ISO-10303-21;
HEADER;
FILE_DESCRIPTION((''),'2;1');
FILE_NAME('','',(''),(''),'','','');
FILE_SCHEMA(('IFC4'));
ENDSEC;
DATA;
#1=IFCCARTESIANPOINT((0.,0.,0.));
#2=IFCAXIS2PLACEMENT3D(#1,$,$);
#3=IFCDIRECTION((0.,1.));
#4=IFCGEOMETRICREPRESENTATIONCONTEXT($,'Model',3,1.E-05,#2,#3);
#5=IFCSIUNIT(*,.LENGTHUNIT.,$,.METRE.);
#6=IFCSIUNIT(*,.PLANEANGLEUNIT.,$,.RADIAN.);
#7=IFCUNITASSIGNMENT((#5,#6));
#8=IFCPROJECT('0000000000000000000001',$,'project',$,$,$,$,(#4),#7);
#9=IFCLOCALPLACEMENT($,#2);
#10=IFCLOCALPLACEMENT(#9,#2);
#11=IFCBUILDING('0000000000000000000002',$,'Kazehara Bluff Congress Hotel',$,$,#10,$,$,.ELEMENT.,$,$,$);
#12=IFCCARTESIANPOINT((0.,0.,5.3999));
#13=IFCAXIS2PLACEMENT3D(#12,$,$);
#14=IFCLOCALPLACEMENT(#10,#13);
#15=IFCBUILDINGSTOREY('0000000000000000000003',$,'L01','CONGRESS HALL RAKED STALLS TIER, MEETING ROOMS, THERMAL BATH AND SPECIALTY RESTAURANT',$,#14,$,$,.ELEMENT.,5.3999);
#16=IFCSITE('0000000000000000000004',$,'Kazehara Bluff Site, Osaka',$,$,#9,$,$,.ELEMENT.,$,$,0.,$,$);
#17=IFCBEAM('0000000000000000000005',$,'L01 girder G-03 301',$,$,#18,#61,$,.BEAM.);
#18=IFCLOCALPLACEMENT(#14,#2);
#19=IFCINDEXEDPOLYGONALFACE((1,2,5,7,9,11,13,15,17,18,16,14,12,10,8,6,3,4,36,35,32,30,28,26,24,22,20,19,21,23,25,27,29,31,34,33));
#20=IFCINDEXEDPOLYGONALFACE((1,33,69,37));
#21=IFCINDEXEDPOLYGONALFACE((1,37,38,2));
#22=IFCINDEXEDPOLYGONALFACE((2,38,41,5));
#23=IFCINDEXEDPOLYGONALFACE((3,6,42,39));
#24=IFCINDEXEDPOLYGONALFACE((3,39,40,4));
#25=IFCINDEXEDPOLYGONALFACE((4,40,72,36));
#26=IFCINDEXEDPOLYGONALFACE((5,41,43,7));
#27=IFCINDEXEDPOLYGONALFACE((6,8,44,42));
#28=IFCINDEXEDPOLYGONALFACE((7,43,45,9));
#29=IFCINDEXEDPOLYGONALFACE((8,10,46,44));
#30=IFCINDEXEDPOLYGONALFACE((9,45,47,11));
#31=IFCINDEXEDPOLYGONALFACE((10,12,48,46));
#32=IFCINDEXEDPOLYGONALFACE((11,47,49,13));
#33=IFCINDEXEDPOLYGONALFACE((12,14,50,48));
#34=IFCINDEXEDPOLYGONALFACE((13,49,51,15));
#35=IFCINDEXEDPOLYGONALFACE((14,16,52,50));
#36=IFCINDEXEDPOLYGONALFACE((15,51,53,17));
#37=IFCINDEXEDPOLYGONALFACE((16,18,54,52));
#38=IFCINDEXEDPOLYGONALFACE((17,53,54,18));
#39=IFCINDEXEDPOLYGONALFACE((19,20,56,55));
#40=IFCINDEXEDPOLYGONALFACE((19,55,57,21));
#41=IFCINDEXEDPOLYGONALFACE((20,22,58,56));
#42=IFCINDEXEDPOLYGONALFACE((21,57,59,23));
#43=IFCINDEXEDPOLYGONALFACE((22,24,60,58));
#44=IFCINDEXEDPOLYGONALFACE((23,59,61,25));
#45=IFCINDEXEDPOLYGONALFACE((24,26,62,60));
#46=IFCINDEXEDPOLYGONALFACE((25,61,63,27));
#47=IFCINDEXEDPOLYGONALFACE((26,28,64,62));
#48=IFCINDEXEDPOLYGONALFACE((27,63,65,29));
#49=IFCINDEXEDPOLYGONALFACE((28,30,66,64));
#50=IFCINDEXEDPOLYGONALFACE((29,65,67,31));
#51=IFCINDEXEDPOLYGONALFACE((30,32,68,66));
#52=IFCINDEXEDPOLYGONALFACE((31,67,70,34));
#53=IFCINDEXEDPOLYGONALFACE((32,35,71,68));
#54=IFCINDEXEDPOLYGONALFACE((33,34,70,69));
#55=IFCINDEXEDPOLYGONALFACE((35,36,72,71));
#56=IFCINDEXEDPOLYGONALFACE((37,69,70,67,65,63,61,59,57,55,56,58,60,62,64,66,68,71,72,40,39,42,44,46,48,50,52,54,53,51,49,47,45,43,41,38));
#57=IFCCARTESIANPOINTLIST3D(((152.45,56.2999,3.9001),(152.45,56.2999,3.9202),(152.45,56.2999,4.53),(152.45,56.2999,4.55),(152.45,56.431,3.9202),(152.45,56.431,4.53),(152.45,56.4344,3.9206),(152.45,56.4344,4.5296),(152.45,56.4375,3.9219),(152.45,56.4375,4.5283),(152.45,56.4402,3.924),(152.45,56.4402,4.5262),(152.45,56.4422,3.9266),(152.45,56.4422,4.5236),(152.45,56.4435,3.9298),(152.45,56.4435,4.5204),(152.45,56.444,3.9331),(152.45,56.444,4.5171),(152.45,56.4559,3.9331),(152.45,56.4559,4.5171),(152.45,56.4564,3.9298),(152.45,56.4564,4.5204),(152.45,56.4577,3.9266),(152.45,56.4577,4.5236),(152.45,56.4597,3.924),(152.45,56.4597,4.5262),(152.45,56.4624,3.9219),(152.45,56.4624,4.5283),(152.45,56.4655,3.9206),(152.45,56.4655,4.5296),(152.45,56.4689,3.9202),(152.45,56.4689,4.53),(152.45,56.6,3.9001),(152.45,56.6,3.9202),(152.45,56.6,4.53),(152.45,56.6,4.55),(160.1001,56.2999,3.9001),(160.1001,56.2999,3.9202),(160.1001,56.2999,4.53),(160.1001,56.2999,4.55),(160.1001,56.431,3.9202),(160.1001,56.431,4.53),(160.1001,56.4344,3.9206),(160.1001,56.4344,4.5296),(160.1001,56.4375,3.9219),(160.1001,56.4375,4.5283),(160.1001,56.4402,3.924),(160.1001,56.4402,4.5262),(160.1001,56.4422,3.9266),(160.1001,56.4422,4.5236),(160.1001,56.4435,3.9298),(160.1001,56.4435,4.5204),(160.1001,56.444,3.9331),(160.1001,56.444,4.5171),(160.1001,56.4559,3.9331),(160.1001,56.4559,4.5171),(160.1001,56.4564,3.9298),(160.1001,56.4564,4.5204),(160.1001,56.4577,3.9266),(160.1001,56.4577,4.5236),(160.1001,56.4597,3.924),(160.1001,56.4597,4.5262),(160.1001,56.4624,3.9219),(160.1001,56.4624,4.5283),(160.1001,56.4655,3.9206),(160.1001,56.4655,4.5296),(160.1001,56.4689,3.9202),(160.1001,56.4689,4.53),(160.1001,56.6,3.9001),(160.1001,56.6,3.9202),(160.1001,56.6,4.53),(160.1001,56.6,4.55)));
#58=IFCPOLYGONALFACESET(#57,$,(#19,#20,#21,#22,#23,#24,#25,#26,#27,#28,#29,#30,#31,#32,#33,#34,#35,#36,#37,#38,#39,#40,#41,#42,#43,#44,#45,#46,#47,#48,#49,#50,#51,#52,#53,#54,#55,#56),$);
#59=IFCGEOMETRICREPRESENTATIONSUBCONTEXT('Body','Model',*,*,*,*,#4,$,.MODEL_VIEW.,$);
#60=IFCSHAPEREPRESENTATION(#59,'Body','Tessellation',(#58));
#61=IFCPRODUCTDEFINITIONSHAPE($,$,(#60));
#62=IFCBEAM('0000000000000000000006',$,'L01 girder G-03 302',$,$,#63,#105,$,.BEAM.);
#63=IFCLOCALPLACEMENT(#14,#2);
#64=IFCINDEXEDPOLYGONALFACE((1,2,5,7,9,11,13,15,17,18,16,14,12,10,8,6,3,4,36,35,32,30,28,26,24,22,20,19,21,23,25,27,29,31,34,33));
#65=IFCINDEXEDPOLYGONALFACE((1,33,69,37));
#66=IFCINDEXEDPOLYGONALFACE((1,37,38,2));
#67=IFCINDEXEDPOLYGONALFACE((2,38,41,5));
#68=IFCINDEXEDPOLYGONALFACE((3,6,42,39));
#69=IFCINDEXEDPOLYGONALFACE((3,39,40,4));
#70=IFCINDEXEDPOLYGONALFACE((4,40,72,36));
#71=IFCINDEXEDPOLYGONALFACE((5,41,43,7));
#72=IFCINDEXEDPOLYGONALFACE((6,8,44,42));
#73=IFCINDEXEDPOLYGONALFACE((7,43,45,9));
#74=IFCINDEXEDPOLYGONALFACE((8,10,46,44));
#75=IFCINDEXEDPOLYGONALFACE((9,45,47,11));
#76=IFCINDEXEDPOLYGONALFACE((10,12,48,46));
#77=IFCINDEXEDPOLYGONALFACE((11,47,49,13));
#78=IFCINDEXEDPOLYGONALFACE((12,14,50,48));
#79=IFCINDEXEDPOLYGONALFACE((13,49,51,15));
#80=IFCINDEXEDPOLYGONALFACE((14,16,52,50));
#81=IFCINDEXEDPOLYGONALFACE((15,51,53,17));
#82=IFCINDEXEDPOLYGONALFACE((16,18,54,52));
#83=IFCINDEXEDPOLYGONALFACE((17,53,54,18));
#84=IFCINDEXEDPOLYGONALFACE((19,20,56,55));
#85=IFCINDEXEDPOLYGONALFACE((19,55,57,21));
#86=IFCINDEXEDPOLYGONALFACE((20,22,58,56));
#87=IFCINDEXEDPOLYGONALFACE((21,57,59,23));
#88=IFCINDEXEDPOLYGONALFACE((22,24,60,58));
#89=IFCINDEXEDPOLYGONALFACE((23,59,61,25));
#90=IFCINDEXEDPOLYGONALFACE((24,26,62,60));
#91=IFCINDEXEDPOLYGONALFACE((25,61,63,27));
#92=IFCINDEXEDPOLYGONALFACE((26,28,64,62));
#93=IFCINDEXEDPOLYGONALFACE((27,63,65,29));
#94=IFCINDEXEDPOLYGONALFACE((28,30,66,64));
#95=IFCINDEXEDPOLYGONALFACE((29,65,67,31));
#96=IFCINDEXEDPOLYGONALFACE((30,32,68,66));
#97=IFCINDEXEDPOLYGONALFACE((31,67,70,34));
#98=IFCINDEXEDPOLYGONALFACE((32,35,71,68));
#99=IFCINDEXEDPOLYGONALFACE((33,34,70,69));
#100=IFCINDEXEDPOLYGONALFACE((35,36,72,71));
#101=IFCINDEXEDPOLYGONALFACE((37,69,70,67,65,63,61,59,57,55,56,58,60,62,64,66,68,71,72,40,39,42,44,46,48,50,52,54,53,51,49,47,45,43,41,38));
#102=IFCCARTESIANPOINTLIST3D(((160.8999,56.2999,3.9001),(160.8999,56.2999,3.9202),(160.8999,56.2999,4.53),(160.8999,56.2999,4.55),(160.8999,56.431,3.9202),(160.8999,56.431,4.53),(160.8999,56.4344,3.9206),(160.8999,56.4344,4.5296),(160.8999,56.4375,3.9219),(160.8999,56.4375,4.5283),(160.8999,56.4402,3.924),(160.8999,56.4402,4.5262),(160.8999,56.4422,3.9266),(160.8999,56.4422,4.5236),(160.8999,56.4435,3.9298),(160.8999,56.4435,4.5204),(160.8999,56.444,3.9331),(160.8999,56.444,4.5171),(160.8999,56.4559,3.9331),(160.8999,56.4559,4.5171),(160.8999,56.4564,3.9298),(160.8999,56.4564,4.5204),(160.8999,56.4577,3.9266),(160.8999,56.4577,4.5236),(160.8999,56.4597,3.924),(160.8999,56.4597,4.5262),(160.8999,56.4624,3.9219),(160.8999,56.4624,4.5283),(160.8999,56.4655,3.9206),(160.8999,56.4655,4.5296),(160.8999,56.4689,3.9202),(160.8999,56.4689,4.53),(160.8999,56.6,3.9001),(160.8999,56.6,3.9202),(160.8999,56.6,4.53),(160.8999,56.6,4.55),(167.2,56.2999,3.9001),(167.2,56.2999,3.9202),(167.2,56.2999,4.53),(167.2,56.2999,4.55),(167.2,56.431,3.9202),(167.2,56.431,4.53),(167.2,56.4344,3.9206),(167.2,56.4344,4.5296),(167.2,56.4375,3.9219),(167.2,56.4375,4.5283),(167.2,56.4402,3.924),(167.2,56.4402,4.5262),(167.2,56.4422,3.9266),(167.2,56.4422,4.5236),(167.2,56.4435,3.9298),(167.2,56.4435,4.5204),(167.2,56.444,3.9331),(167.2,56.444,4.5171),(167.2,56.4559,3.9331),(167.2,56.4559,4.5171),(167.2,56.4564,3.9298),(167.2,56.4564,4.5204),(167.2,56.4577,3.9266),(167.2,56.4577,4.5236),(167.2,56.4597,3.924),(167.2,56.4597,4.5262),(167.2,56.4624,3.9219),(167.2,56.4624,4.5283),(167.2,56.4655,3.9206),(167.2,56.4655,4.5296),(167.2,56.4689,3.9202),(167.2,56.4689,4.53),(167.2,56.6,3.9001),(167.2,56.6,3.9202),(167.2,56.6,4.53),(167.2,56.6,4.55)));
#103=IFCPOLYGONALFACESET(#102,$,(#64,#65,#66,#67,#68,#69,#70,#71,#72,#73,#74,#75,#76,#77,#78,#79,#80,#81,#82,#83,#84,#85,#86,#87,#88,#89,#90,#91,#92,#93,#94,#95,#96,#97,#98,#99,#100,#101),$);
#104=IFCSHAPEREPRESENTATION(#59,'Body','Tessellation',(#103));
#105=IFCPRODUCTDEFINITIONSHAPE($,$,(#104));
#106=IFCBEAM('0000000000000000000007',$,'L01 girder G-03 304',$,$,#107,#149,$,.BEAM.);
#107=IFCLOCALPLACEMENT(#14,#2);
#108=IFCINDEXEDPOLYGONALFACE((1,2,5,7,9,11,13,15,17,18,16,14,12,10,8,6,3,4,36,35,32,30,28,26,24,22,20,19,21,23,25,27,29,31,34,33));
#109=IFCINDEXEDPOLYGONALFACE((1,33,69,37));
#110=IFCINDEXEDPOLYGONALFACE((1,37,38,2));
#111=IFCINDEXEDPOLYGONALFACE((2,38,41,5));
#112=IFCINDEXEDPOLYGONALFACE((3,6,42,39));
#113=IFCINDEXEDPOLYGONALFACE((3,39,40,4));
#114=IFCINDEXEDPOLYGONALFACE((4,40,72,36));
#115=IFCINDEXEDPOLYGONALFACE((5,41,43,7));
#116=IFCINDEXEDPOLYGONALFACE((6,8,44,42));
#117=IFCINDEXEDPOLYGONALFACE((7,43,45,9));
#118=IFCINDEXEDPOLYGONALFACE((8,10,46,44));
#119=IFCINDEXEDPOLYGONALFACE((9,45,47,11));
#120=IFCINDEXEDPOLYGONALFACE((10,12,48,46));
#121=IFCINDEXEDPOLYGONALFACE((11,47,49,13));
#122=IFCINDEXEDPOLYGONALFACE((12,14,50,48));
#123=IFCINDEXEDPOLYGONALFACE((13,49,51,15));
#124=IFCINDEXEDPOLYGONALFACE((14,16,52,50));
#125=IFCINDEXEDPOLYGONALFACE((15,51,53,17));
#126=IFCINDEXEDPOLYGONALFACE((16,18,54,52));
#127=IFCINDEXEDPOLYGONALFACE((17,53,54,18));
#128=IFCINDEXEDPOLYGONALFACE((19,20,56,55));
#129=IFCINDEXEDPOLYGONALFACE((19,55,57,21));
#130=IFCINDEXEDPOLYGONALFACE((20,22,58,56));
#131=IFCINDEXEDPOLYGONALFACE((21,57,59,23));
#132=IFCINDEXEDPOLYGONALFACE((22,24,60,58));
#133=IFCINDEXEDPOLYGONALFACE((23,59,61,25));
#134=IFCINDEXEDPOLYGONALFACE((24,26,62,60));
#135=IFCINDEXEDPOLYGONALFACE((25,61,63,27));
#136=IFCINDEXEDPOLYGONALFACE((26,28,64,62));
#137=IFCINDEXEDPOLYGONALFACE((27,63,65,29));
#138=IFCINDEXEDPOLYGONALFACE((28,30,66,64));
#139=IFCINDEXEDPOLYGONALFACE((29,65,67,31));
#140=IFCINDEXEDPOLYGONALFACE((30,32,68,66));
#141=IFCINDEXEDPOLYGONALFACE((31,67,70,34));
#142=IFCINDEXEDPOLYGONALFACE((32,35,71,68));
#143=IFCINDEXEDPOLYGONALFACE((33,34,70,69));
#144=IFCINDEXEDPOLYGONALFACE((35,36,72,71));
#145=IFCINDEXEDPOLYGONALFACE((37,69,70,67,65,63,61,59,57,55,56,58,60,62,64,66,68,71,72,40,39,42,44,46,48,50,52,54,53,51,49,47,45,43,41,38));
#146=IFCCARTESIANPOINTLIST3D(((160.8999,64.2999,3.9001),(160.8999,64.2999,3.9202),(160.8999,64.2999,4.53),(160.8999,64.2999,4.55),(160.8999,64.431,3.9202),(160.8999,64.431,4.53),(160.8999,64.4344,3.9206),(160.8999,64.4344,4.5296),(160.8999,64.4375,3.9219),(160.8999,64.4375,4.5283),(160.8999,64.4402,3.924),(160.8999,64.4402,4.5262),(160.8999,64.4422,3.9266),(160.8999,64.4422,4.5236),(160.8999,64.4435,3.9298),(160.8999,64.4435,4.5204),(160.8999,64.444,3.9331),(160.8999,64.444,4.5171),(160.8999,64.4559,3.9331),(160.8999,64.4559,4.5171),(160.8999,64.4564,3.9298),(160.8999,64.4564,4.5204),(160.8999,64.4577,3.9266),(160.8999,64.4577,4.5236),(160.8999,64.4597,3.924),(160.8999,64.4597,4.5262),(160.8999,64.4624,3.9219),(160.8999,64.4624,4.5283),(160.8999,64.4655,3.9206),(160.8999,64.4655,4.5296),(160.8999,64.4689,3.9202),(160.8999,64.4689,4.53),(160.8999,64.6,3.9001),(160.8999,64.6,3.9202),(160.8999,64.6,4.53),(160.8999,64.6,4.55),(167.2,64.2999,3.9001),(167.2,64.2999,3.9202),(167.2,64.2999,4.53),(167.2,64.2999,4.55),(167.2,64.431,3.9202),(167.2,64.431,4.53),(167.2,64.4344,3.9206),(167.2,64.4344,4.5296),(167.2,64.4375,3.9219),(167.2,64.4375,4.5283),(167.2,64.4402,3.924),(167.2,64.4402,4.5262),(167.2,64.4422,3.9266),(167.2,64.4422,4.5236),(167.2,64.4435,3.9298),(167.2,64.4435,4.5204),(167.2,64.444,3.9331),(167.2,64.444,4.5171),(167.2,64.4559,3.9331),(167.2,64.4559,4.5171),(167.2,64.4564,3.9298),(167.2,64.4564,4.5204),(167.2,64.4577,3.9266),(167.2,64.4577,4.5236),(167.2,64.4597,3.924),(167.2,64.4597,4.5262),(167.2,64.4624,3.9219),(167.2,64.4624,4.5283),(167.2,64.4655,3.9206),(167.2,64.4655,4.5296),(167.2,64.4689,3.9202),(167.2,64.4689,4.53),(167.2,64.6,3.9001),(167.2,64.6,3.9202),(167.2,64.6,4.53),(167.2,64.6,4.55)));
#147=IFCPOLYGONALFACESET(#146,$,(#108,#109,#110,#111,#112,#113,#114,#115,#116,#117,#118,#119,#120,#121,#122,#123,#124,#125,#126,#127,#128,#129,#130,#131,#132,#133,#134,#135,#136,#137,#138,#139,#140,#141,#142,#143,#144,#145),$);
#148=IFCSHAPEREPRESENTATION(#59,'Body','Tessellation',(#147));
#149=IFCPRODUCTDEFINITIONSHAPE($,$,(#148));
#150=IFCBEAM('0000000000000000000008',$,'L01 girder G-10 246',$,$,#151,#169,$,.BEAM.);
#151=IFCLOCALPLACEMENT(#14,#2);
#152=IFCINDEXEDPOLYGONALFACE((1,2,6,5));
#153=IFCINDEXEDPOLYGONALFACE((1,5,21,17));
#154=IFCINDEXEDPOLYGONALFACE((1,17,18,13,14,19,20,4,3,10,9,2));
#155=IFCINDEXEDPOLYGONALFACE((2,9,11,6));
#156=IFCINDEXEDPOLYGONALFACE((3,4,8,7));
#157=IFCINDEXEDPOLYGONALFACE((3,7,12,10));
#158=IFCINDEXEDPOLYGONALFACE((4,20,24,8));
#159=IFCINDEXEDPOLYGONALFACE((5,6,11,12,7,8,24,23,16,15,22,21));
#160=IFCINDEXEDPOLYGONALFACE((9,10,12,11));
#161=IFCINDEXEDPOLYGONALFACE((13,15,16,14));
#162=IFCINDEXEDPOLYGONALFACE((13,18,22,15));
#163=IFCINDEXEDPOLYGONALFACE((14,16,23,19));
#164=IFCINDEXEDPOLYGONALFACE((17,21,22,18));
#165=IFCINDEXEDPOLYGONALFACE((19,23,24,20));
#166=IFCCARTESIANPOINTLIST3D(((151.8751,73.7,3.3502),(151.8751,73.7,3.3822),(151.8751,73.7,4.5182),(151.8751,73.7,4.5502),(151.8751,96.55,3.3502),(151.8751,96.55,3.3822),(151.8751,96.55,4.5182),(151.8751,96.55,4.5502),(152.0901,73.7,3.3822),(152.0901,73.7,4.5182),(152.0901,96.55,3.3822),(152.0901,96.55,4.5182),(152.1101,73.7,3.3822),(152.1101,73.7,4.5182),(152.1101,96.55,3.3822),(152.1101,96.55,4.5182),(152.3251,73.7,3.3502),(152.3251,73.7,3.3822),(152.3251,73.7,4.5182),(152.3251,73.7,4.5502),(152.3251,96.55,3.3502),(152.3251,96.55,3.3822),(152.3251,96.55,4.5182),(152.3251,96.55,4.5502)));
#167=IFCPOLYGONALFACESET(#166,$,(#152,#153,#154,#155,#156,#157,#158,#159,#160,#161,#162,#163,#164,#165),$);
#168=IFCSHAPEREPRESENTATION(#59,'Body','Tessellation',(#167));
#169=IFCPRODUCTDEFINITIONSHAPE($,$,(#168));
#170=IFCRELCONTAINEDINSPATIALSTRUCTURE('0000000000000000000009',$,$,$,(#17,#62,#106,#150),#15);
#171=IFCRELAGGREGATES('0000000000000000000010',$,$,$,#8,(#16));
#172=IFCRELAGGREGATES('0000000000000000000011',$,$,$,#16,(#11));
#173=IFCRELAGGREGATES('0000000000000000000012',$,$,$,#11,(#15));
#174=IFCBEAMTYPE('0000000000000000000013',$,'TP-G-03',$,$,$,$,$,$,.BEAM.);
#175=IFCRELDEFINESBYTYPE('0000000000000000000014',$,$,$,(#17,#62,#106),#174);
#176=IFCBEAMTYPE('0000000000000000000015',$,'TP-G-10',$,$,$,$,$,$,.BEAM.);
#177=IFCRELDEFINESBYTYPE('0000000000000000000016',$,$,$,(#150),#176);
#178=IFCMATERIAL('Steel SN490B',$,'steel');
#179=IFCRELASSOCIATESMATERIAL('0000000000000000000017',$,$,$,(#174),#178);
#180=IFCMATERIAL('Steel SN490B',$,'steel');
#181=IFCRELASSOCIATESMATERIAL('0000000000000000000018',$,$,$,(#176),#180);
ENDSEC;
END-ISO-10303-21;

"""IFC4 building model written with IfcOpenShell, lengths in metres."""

from ifc_helpers import new_model, si_unit, direction, frame, origin, origin_2d, place, context, subcontext, project, spatial, i_section, extrude, material, material_profile, profile_set, type_object, element, save


model = new_model("IFC4")

# Units and contexts
model_context = context("Model", 3, precision=1e-05, world=origin(), true_north=direction((0.0, 1.0)))
body_context = subcontext(model_context, "Body", "Model", "MODEL_VIEW")
ifc_project = project(units=[si_unit("LENGTHUNIT", "METRE"), si_unit("PLANEANGLEUNIT", "RADIAN")], contexts=[model_context])

# Site, building, storey
site_placement = place(None, origin())
site = spatial("IfcSite", under=ifc_project, at=site_placement, Name="Kazehara Bluff Site, Osaka", CompositionType="ELEMENT", RefElevation=0.0)
building_placement = place(site_placement, origin())
building = spatial("IfcBuilding", under=site, at=building_placement, Name="Kazehara Bluff Congress Hotel", CompositionType="ELEMENT")
storey_placement = place(building_placement, frame((0.0, 0.0, 5.3999)))
storey = spatial("IfcBuildingStorey", under=building, at=storey_placement, Name="L01", Description="CONGRESS HALL RAKED STALLS TIER, MEETING ROOMS, THERMAL BATH AND SPECIALTY RESTAURANT", CompositionType="ELEMENT", Elevation=5.3999)

# Beams
ifc_material_1 = material(Name="Steel SN490B", Category="steel")
ifc_material_profile_1 = material_profile(ifc_material_1, i_section(OverallWidth=0.3, OverallDepth=0.6499, WebThickness=0.012, FlangeThickness=0.02, FilletRadius=0.0129, at=origin_2d()))
ifc_profile_set_1 = profile_set([ifc_material_profile_1], Name="Steel SN490B")
beam_type_1 = type_object("IfcBeamType", Name="TP-G-03", PredefinedType="BEAM", material=ifc_profile_set_1)
beam_1_placement = place(storey_placement, frame((152.45, 56.45, 4.2251), z_axis=(1.0, 0.0, 0.0), x_axis=(0.0, 1.0, 0.0)))
element("IfcBeam", 1, at=beam_1_placement, inside=storey, type_object=beam_type_1, Name="L01 girder G-03 301", PredefinedType="BEAM", context=body_context, shape_type="SweptSolid", body=[
    extrude(i_section(OverallWidth=0.3, OverallDepth=0.6499, WebThickness=0.012, FlangeThickness=0.02, FilletRadius=0.0129, at=origin_2d()), origin(), (0.0, 0.0, 1.0), 7.6501),
])
for number, where, z_axis, x_axis, name in (
    (2, (160.8999, 56.45, 4.2251), (1.0, 0.0, 0.0), (0.0, 1.0, 0.0), "L01 girder G-03 302"),
    (3, (160.8999, 64.45, 4.2251), (1.0, 0.0, 0.0), (0.0, 1.0, 0.0), "L01 girder G-03 304"),
):
    element("IfcBeam", number, at=place(storey_placement, frame(where, z_axis=z_axis, x_axis=x_axis)), inside=storey, type_object=beam_type_1, Name=name, PredefinedType="BEAM", context=body_context, shape_type="SweptSolid", body=[
        extrude(i_section(OverallWidth=0.3, OverallDepth=0.6499, WebThickness=0.012, FlangeThickness=0.02, FilletRadius=0.0129, at=origin_2d()), origin(), (0.0, 0.0, 1.0), 6.3),
    ])
ifc_material_2 = material(Name="Steel SN490B", Category="steel")
ifc_material_profile_2 = material_profile(ifc_material_2, i_section(OverallWidth=0.45, OverallDepth=1.2, WebThickness=0.02, FlangeThickness=0.032, at=origin_2d()))
ifc_profile_set_2 = profile_set([ifc_material_profile_2], Name="Steel SN490B")
beam_type_2 = type_object("IfcBeamType", Name="TP-G-10", PredefinedType="BEAM", material=ifc_profile_set_2)
beam_2_placement = place(storey_placement, frame((152.1001, 73.7, 3.9502), z_axis=(0.0, 1.0, 0.0), x_axis=(-1.0, 0.0, 0.0)))
element("IfcBeam", 4, at=beam_2_placement, inside=storey, type_object=beam_type_2, Name="L01 girder G-10 246", PredefinedType="BEAM", context=body_context, shape_type="SweptSolid", body=[
    extrude(i_section(OverallWidth=0.45, OverallDepth=1.2, WebThickness=0.02, FlangeThickness=0.032, at=origin_2d()), origin(), (0.0, 0.0, 1.0), 22.8501),
])

save(model, "model.ifc")
